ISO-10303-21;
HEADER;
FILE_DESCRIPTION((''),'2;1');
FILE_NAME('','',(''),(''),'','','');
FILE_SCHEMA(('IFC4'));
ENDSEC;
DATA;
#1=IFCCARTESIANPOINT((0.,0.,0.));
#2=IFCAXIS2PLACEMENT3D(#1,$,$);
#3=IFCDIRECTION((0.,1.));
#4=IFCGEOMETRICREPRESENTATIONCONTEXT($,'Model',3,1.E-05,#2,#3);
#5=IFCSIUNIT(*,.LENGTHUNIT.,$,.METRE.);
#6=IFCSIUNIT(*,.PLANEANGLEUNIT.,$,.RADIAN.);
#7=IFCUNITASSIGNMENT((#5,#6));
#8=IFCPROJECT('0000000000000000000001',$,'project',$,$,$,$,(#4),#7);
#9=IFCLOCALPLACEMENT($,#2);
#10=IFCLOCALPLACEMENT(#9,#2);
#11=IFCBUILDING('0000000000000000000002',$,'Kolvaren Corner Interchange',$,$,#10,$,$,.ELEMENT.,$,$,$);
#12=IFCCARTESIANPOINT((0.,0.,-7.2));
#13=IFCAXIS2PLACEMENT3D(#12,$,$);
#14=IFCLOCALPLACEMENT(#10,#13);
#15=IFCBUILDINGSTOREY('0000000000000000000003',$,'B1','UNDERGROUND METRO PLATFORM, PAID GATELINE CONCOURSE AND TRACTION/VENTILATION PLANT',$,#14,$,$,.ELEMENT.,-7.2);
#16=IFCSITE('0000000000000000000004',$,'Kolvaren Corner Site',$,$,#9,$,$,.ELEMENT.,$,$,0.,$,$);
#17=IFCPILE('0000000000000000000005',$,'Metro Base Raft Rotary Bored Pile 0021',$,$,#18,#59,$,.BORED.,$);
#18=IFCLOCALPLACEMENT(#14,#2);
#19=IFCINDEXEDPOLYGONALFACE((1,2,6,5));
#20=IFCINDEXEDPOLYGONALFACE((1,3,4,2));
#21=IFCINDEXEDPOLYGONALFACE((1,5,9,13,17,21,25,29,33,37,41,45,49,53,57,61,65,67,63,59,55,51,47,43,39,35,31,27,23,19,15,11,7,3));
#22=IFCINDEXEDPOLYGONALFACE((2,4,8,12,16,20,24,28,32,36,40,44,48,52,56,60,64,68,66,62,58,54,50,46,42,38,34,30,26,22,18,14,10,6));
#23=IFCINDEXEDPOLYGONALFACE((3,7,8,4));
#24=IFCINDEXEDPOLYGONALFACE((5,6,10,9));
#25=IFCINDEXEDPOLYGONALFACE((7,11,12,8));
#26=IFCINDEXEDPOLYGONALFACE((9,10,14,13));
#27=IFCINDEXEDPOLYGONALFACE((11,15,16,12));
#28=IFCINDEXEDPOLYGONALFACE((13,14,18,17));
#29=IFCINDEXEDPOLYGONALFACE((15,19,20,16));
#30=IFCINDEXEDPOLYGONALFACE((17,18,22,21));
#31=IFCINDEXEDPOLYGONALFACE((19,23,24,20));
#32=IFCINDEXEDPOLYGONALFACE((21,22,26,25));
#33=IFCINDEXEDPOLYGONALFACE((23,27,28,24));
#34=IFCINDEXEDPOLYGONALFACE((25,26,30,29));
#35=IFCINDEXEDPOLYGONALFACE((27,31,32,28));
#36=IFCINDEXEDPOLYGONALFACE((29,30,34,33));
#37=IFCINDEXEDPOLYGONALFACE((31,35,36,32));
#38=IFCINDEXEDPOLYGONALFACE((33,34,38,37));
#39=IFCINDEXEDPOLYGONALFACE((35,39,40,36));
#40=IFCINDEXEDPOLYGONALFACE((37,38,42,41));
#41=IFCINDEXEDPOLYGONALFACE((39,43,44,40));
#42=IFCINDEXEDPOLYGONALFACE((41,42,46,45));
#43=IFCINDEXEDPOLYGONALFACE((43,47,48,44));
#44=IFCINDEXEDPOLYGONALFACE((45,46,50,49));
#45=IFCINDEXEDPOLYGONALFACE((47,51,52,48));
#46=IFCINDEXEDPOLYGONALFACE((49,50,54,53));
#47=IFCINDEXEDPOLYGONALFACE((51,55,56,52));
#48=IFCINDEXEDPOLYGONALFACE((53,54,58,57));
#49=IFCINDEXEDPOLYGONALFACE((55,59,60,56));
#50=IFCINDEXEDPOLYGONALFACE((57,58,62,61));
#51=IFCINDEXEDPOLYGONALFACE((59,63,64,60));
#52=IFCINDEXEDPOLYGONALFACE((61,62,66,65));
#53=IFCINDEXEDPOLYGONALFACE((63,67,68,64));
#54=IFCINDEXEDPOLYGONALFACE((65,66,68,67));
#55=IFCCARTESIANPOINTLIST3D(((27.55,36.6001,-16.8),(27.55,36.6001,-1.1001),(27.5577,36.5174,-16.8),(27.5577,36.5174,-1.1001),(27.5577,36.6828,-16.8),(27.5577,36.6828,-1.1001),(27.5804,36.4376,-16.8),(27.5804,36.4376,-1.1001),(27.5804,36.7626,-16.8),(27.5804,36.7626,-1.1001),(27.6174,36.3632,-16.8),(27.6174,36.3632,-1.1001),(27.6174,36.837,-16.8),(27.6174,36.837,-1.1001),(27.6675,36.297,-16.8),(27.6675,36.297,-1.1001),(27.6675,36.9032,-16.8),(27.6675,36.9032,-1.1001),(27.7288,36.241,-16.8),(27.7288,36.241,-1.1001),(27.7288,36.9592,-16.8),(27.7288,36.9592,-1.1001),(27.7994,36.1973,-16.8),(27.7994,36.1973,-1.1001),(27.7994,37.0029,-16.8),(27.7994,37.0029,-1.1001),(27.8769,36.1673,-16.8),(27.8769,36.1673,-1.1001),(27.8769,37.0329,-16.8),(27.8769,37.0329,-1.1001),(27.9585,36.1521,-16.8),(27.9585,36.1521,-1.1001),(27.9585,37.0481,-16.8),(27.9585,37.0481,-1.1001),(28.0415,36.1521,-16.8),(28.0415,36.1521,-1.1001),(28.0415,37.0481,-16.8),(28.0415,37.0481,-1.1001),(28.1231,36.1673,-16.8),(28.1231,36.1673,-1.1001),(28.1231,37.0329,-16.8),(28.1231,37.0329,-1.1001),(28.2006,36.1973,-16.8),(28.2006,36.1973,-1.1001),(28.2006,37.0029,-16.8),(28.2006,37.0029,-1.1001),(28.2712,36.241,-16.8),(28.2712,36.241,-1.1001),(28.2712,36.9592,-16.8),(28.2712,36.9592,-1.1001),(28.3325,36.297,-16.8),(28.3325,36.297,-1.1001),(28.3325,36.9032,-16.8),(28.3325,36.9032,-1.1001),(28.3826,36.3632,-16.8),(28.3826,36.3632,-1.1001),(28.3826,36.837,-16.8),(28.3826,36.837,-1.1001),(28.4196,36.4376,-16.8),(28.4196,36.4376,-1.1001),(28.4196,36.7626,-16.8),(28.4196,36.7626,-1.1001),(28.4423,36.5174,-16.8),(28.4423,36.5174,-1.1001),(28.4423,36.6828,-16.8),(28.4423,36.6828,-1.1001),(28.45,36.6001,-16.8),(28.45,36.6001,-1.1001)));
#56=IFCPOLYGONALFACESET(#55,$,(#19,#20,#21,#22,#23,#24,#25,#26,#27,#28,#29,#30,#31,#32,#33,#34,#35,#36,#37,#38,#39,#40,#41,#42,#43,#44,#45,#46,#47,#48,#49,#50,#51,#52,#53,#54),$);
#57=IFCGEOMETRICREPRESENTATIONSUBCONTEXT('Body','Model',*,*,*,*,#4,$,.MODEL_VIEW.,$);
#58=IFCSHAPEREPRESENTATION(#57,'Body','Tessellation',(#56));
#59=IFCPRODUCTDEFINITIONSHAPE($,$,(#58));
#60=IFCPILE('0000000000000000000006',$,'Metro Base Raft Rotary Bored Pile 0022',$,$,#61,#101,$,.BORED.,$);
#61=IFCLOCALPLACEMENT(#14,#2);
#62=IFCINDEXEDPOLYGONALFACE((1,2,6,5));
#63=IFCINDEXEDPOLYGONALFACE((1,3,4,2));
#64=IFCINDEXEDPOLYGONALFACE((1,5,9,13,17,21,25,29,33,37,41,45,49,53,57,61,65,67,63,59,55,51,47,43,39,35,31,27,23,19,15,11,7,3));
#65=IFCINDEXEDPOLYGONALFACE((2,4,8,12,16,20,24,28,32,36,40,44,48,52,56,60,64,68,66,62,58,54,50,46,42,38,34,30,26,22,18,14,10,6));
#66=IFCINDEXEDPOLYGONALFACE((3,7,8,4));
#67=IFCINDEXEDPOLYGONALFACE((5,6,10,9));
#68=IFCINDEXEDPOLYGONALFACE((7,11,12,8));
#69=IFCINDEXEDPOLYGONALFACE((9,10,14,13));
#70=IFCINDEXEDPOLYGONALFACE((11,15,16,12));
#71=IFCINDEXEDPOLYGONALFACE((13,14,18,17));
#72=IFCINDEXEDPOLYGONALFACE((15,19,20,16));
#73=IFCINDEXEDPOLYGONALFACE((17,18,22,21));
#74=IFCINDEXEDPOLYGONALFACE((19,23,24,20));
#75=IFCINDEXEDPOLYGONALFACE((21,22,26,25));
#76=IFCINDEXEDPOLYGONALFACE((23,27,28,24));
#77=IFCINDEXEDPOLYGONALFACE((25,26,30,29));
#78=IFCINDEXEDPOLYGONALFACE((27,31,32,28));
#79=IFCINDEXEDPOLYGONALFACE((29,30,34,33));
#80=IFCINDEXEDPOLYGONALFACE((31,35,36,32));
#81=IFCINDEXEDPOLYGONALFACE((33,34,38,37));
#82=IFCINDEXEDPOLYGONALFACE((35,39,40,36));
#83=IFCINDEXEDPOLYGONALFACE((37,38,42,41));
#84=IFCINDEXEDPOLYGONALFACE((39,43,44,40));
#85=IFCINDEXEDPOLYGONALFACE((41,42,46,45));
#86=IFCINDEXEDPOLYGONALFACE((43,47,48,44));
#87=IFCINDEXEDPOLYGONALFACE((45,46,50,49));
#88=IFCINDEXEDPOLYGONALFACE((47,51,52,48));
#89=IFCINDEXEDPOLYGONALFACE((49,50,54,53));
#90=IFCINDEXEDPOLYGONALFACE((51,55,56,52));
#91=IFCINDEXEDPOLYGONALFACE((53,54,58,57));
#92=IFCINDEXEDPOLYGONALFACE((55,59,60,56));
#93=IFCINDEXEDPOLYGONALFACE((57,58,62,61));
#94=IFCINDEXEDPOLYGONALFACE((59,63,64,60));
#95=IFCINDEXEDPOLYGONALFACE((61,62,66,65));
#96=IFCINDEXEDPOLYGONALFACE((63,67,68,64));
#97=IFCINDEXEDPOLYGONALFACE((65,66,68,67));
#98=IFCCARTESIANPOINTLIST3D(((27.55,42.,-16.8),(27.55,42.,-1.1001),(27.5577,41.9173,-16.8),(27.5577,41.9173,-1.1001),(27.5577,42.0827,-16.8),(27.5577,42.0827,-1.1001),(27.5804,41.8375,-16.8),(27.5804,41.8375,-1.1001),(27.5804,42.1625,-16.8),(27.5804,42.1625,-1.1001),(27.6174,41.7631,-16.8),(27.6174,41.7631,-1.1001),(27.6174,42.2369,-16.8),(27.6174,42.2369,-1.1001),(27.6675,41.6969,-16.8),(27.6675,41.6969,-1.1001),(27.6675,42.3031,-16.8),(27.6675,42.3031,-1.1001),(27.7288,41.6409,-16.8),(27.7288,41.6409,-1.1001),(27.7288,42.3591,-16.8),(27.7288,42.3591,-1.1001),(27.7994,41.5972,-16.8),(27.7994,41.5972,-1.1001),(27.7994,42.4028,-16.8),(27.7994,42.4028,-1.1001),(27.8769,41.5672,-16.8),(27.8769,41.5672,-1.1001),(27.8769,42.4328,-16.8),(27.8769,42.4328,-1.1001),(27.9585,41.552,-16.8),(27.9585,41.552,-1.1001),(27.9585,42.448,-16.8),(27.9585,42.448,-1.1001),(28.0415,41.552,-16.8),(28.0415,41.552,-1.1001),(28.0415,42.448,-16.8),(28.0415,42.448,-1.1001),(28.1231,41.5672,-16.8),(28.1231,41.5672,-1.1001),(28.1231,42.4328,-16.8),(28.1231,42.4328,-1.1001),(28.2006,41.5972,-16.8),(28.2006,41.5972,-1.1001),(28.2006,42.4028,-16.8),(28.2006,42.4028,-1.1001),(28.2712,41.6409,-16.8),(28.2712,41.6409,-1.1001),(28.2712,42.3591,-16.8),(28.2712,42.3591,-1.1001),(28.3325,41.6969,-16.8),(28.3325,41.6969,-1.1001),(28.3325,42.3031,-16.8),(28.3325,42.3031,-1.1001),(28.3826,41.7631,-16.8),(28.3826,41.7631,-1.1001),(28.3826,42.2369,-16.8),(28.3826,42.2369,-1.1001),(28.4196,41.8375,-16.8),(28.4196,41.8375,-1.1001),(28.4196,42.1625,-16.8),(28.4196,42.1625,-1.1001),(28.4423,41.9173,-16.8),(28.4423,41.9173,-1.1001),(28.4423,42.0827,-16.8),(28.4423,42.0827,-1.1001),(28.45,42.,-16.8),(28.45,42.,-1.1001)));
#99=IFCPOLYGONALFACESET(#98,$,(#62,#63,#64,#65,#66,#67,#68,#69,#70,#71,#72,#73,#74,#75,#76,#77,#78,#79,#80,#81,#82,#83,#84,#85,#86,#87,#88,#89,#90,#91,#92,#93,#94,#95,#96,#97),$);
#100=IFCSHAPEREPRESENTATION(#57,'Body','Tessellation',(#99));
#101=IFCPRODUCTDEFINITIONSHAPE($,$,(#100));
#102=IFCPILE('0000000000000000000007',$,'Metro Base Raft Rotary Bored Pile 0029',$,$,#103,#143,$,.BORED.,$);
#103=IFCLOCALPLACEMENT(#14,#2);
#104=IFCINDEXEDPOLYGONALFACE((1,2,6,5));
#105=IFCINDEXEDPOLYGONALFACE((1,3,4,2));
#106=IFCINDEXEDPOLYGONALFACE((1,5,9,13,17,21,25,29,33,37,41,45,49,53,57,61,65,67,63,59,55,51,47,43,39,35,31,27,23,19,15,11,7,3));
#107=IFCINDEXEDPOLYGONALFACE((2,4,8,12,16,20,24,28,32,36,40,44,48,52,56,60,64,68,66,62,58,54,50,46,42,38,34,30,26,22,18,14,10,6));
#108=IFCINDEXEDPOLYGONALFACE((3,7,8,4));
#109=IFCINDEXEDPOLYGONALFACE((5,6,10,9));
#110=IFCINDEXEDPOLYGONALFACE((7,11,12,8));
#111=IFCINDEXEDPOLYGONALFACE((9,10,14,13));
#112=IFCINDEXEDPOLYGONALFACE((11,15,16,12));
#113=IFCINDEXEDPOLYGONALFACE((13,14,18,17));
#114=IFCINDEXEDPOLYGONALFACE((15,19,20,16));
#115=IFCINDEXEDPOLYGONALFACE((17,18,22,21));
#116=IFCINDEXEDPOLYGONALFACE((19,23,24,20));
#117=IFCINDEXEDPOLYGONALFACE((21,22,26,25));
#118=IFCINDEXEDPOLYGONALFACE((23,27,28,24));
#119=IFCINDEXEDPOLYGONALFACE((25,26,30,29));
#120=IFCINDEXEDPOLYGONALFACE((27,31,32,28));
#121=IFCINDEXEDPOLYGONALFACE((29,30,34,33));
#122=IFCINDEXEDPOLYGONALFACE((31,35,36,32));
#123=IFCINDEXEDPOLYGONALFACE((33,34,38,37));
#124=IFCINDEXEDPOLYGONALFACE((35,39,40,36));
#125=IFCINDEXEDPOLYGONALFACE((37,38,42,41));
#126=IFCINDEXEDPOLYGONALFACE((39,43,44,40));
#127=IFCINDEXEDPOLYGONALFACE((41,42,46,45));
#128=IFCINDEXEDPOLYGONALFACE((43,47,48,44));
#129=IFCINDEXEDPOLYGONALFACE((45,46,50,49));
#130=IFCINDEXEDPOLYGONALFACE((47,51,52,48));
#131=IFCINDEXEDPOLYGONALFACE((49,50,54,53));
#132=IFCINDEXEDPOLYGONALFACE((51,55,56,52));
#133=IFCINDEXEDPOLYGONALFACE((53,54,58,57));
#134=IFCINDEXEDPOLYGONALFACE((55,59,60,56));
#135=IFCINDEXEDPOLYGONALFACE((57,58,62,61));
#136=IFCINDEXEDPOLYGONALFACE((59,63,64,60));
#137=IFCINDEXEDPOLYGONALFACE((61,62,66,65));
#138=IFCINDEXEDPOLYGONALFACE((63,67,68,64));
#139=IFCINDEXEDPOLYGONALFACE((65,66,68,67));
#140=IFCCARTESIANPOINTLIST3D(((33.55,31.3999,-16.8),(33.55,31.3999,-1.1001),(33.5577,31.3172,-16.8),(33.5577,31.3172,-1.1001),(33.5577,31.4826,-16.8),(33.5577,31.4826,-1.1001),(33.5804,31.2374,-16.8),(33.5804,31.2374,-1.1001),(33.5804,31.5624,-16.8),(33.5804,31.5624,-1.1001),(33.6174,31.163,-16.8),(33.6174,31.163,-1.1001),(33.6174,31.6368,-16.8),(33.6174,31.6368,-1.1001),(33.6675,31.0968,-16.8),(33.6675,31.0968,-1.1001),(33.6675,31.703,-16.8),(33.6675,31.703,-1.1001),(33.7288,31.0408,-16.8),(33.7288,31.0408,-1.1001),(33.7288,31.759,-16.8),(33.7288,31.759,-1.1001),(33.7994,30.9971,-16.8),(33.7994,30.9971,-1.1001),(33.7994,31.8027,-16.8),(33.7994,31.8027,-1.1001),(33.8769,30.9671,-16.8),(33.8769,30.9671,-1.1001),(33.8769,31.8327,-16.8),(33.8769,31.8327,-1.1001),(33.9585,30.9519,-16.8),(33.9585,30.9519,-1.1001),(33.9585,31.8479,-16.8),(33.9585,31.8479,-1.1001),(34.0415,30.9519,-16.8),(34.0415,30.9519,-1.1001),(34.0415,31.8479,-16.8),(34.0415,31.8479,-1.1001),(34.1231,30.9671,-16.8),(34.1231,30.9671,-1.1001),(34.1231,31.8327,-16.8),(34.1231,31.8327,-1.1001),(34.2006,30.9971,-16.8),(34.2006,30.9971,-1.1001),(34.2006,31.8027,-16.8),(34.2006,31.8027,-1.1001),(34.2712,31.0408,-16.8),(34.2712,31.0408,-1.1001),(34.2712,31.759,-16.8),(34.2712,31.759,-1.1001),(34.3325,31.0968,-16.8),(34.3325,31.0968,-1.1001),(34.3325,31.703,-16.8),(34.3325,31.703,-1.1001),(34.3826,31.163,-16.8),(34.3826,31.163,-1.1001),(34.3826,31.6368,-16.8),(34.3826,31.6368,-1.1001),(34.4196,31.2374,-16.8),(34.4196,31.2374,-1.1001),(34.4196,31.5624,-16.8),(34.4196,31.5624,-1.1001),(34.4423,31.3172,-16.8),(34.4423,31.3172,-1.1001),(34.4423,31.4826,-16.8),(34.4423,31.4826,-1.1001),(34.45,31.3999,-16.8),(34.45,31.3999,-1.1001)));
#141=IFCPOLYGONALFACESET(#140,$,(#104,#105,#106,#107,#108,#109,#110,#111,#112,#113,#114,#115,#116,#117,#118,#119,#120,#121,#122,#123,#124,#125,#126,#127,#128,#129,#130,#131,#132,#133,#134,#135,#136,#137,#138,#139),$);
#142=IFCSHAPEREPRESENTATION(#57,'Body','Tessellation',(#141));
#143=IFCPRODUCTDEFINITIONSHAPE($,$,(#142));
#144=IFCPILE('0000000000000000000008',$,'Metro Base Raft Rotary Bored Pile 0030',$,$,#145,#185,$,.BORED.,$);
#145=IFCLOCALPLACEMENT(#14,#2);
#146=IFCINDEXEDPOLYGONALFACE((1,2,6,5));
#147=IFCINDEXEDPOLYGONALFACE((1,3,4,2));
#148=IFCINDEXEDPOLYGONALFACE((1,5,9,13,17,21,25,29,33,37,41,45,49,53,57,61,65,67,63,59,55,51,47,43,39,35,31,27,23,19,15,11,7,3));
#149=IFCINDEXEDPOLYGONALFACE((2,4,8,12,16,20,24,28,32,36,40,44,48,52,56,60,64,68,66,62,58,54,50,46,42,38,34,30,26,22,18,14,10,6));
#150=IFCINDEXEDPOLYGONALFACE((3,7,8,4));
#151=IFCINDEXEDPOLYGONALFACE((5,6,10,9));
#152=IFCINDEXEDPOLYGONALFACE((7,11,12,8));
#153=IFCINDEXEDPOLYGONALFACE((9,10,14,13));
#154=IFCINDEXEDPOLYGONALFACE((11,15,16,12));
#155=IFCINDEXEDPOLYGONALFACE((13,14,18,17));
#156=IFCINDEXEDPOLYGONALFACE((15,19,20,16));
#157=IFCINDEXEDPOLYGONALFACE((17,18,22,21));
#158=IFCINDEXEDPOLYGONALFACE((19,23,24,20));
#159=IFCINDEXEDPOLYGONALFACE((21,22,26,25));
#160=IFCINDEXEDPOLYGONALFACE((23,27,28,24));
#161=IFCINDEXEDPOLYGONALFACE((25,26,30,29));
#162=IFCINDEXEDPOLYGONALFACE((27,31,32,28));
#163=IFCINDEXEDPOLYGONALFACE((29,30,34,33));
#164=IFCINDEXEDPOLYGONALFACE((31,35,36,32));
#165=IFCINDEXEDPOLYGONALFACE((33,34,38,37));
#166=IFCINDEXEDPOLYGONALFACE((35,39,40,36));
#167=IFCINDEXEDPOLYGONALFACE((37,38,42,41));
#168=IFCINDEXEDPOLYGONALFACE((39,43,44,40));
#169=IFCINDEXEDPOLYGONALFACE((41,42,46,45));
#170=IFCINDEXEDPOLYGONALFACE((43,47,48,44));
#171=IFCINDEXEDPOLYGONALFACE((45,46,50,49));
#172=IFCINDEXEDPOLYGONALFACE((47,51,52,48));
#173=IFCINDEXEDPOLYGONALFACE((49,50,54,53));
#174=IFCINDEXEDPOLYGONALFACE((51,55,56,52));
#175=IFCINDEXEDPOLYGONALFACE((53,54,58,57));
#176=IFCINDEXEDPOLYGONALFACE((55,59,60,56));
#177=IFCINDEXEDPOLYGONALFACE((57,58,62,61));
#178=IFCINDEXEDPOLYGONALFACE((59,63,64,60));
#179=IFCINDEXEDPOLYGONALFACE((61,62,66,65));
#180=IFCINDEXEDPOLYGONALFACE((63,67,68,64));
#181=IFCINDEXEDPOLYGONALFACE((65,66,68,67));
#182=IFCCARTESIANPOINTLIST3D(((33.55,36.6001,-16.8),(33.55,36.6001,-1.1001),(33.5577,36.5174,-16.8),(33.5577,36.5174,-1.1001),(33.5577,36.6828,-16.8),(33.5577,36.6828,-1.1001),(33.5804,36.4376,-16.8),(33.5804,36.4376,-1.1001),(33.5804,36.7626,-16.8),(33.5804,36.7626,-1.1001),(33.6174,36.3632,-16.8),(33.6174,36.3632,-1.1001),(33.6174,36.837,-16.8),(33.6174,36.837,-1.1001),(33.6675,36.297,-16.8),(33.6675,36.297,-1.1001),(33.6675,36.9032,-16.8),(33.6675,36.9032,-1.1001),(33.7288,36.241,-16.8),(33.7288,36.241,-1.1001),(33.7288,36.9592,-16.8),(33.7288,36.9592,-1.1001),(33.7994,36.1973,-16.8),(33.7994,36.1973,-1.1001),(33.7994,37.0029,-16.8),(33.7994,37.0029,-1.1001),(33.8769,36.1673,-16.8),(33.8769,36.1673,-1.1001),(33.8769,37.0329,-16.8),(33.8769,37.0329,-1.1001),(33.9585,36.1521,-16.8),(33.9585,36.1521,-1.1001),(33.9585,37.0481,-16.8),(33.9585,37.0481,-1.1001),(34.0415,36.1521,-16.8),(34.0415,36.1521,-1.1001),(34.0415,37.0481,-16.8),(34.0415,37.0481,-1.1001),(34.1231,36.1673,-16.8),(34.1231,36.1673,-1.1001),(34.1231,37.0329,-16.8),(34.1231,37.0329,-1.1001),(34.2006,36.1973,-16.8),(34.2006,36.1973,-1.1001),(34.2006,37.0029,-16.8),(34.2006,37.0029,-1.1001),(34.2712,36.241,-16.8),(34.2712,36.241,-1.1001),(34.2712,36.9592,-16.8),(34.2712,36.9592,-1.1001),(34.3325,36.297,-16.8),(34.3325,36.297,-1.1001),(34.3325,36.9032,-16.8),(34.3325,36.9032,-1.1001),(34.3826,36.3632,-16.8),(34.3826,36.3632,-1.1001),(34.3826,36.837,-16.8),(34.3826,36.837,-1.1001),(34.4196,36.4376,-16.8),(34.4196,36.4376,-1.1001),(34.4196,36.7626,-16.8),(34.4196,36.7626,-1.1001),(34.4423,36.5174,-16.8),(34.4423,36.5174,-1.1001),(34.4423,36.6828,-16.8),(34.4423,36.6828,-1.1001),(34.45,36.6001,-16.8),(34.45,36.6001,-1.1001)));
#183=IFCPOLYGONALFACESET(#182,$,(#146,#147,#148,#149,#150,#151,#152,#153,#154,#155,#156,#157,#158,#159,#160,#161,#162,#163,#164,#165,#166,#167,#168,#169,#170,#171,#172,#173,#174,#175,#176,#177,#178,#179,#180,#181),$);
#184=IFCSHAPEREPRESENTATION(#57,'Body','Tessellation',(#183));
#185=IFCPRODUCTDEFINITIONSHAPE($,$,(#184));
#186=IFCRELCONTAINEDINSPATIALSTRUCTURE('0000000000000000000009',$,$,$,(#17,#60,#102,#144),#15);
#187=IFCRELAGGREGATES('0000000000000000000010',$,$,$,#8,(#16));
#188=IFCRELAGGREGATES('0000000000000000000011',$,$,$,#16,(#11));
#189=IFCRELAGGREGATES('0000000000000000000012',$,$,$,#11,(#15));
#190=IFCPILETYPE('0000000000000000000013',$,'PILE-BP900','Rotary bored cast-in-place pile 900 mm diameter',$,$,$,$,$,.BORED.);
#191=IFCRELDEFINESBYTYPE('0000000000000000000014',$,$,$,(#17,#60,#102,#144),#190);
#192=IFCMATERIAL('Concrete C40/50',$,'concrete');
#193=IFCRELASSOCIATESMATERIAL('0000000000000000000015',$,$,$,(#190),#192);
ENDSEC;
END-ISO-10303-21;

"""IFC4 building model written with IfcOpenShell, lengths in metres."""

from ifc_helpers import new_model, si_unit, direction, frame, origin, origin_2d, place, context, subcontext, project, spatial, circle, extrude, material, material_profile, profile_set, type_object, element, save


model = new_model("IFC4")

# Units and contexts
model_context = context("Model", 3, precision=1e-05, world=origin(), true_north=direction((0.0, 1.0)))
body_context = subcontext(model_context, "Body", "Model", "MODEL_VIEW")
ifc_project = project(units=[si_unit("LENGTHUNIT", "METRE"), si_unit("PLANEANGLEUNIT", "RADIAN")], contexts=[model_context])

# Site, building, storey
site_placement = place(None, origin())
site = spatial("IfcSite", under=ifc_project, at=site_placement, Name="Kolvaren Corner Site", CompositionType="ELEMENT", RefElevation=0.0)
building_placement = place(site_placement, origin())
building = spatial("IfcBuilding", under=site, at=building_placement, Name="Kolvaren Corner Interchange", CompositionType="ELEMENT")
storey_placement = place(building_placement, frame((0.0, 0.0, -7.2)))
storey = spatial("IfcBuildingStorey", under=building, at=storey_placement, Name="B1", Description="UNDERGROUND METRO PLATFORM, PAID GATELINE CONCOURSE AND TRACTION/VENTILATION PLANT", CompositionType="ELEMENT", Elevation=-7.2)

# Piles
ifc_material_1 = material(Name="Concrete C40/50", Category="concrete")
ifc_material_profile_1 = material_profile(ifc_material_1, circle(Radius=0.45, at=origin_2d()), Name="BORED PILE 900")
ifc_profile_set_1 = profile_set([ifc_material_profile_1], Name="Concrete C40/50")
pile_type = type_object("IfcPileType", Name="PILE-BP900", Description="Rotary bored cast-in-place pile 900 mm diameter", PredefinedType="BORED", material=ifc_profile_set_1)
for number, where, z_axis, x_axis, name in (
    (1, (28.0, 36.6001, -1.1001), (0.0, 0.0, -1.0), (1.0, 0.0, 0.0), "Metro Base Raft Rotary Bored Pile 0021"),
    (2, (28.0, 42.0, -1.1001), (0.0, 0.0, -1.0), (1.0, 0.0, 0.0), "Metro Base Raft Rotary Bored Pile 0022"),
    (3, (34.0, 31.3999, -1.1001), (0.0, 0.0, -1.0), (1.0, 0.0, 0.0), "Metro Base Raft Rotary Bored Pile 0029"),
    (4, (34.0, 36.6001, -1.1001), (0.0, 0.0, -1.0), (1.0, 0.0, 0.0), "Metro Base Raft Rotary Bored Pile 0030"),
):
    element("IfcPile", number, at=place(storey_placement, frame(where, z_axis=z_axis, x_axis=x_axis)), inside=storey, type_object=pile_type, Name=name, PredefinedType="BORED", context=body_context, shape_type="SweptSolid", body=[
        extrude(circle(Radius=0.45, at=origin_2d()), origin(), (0.0, 0.0, 1.0), 15.7),
    ])

save(model, "model.ifc")
